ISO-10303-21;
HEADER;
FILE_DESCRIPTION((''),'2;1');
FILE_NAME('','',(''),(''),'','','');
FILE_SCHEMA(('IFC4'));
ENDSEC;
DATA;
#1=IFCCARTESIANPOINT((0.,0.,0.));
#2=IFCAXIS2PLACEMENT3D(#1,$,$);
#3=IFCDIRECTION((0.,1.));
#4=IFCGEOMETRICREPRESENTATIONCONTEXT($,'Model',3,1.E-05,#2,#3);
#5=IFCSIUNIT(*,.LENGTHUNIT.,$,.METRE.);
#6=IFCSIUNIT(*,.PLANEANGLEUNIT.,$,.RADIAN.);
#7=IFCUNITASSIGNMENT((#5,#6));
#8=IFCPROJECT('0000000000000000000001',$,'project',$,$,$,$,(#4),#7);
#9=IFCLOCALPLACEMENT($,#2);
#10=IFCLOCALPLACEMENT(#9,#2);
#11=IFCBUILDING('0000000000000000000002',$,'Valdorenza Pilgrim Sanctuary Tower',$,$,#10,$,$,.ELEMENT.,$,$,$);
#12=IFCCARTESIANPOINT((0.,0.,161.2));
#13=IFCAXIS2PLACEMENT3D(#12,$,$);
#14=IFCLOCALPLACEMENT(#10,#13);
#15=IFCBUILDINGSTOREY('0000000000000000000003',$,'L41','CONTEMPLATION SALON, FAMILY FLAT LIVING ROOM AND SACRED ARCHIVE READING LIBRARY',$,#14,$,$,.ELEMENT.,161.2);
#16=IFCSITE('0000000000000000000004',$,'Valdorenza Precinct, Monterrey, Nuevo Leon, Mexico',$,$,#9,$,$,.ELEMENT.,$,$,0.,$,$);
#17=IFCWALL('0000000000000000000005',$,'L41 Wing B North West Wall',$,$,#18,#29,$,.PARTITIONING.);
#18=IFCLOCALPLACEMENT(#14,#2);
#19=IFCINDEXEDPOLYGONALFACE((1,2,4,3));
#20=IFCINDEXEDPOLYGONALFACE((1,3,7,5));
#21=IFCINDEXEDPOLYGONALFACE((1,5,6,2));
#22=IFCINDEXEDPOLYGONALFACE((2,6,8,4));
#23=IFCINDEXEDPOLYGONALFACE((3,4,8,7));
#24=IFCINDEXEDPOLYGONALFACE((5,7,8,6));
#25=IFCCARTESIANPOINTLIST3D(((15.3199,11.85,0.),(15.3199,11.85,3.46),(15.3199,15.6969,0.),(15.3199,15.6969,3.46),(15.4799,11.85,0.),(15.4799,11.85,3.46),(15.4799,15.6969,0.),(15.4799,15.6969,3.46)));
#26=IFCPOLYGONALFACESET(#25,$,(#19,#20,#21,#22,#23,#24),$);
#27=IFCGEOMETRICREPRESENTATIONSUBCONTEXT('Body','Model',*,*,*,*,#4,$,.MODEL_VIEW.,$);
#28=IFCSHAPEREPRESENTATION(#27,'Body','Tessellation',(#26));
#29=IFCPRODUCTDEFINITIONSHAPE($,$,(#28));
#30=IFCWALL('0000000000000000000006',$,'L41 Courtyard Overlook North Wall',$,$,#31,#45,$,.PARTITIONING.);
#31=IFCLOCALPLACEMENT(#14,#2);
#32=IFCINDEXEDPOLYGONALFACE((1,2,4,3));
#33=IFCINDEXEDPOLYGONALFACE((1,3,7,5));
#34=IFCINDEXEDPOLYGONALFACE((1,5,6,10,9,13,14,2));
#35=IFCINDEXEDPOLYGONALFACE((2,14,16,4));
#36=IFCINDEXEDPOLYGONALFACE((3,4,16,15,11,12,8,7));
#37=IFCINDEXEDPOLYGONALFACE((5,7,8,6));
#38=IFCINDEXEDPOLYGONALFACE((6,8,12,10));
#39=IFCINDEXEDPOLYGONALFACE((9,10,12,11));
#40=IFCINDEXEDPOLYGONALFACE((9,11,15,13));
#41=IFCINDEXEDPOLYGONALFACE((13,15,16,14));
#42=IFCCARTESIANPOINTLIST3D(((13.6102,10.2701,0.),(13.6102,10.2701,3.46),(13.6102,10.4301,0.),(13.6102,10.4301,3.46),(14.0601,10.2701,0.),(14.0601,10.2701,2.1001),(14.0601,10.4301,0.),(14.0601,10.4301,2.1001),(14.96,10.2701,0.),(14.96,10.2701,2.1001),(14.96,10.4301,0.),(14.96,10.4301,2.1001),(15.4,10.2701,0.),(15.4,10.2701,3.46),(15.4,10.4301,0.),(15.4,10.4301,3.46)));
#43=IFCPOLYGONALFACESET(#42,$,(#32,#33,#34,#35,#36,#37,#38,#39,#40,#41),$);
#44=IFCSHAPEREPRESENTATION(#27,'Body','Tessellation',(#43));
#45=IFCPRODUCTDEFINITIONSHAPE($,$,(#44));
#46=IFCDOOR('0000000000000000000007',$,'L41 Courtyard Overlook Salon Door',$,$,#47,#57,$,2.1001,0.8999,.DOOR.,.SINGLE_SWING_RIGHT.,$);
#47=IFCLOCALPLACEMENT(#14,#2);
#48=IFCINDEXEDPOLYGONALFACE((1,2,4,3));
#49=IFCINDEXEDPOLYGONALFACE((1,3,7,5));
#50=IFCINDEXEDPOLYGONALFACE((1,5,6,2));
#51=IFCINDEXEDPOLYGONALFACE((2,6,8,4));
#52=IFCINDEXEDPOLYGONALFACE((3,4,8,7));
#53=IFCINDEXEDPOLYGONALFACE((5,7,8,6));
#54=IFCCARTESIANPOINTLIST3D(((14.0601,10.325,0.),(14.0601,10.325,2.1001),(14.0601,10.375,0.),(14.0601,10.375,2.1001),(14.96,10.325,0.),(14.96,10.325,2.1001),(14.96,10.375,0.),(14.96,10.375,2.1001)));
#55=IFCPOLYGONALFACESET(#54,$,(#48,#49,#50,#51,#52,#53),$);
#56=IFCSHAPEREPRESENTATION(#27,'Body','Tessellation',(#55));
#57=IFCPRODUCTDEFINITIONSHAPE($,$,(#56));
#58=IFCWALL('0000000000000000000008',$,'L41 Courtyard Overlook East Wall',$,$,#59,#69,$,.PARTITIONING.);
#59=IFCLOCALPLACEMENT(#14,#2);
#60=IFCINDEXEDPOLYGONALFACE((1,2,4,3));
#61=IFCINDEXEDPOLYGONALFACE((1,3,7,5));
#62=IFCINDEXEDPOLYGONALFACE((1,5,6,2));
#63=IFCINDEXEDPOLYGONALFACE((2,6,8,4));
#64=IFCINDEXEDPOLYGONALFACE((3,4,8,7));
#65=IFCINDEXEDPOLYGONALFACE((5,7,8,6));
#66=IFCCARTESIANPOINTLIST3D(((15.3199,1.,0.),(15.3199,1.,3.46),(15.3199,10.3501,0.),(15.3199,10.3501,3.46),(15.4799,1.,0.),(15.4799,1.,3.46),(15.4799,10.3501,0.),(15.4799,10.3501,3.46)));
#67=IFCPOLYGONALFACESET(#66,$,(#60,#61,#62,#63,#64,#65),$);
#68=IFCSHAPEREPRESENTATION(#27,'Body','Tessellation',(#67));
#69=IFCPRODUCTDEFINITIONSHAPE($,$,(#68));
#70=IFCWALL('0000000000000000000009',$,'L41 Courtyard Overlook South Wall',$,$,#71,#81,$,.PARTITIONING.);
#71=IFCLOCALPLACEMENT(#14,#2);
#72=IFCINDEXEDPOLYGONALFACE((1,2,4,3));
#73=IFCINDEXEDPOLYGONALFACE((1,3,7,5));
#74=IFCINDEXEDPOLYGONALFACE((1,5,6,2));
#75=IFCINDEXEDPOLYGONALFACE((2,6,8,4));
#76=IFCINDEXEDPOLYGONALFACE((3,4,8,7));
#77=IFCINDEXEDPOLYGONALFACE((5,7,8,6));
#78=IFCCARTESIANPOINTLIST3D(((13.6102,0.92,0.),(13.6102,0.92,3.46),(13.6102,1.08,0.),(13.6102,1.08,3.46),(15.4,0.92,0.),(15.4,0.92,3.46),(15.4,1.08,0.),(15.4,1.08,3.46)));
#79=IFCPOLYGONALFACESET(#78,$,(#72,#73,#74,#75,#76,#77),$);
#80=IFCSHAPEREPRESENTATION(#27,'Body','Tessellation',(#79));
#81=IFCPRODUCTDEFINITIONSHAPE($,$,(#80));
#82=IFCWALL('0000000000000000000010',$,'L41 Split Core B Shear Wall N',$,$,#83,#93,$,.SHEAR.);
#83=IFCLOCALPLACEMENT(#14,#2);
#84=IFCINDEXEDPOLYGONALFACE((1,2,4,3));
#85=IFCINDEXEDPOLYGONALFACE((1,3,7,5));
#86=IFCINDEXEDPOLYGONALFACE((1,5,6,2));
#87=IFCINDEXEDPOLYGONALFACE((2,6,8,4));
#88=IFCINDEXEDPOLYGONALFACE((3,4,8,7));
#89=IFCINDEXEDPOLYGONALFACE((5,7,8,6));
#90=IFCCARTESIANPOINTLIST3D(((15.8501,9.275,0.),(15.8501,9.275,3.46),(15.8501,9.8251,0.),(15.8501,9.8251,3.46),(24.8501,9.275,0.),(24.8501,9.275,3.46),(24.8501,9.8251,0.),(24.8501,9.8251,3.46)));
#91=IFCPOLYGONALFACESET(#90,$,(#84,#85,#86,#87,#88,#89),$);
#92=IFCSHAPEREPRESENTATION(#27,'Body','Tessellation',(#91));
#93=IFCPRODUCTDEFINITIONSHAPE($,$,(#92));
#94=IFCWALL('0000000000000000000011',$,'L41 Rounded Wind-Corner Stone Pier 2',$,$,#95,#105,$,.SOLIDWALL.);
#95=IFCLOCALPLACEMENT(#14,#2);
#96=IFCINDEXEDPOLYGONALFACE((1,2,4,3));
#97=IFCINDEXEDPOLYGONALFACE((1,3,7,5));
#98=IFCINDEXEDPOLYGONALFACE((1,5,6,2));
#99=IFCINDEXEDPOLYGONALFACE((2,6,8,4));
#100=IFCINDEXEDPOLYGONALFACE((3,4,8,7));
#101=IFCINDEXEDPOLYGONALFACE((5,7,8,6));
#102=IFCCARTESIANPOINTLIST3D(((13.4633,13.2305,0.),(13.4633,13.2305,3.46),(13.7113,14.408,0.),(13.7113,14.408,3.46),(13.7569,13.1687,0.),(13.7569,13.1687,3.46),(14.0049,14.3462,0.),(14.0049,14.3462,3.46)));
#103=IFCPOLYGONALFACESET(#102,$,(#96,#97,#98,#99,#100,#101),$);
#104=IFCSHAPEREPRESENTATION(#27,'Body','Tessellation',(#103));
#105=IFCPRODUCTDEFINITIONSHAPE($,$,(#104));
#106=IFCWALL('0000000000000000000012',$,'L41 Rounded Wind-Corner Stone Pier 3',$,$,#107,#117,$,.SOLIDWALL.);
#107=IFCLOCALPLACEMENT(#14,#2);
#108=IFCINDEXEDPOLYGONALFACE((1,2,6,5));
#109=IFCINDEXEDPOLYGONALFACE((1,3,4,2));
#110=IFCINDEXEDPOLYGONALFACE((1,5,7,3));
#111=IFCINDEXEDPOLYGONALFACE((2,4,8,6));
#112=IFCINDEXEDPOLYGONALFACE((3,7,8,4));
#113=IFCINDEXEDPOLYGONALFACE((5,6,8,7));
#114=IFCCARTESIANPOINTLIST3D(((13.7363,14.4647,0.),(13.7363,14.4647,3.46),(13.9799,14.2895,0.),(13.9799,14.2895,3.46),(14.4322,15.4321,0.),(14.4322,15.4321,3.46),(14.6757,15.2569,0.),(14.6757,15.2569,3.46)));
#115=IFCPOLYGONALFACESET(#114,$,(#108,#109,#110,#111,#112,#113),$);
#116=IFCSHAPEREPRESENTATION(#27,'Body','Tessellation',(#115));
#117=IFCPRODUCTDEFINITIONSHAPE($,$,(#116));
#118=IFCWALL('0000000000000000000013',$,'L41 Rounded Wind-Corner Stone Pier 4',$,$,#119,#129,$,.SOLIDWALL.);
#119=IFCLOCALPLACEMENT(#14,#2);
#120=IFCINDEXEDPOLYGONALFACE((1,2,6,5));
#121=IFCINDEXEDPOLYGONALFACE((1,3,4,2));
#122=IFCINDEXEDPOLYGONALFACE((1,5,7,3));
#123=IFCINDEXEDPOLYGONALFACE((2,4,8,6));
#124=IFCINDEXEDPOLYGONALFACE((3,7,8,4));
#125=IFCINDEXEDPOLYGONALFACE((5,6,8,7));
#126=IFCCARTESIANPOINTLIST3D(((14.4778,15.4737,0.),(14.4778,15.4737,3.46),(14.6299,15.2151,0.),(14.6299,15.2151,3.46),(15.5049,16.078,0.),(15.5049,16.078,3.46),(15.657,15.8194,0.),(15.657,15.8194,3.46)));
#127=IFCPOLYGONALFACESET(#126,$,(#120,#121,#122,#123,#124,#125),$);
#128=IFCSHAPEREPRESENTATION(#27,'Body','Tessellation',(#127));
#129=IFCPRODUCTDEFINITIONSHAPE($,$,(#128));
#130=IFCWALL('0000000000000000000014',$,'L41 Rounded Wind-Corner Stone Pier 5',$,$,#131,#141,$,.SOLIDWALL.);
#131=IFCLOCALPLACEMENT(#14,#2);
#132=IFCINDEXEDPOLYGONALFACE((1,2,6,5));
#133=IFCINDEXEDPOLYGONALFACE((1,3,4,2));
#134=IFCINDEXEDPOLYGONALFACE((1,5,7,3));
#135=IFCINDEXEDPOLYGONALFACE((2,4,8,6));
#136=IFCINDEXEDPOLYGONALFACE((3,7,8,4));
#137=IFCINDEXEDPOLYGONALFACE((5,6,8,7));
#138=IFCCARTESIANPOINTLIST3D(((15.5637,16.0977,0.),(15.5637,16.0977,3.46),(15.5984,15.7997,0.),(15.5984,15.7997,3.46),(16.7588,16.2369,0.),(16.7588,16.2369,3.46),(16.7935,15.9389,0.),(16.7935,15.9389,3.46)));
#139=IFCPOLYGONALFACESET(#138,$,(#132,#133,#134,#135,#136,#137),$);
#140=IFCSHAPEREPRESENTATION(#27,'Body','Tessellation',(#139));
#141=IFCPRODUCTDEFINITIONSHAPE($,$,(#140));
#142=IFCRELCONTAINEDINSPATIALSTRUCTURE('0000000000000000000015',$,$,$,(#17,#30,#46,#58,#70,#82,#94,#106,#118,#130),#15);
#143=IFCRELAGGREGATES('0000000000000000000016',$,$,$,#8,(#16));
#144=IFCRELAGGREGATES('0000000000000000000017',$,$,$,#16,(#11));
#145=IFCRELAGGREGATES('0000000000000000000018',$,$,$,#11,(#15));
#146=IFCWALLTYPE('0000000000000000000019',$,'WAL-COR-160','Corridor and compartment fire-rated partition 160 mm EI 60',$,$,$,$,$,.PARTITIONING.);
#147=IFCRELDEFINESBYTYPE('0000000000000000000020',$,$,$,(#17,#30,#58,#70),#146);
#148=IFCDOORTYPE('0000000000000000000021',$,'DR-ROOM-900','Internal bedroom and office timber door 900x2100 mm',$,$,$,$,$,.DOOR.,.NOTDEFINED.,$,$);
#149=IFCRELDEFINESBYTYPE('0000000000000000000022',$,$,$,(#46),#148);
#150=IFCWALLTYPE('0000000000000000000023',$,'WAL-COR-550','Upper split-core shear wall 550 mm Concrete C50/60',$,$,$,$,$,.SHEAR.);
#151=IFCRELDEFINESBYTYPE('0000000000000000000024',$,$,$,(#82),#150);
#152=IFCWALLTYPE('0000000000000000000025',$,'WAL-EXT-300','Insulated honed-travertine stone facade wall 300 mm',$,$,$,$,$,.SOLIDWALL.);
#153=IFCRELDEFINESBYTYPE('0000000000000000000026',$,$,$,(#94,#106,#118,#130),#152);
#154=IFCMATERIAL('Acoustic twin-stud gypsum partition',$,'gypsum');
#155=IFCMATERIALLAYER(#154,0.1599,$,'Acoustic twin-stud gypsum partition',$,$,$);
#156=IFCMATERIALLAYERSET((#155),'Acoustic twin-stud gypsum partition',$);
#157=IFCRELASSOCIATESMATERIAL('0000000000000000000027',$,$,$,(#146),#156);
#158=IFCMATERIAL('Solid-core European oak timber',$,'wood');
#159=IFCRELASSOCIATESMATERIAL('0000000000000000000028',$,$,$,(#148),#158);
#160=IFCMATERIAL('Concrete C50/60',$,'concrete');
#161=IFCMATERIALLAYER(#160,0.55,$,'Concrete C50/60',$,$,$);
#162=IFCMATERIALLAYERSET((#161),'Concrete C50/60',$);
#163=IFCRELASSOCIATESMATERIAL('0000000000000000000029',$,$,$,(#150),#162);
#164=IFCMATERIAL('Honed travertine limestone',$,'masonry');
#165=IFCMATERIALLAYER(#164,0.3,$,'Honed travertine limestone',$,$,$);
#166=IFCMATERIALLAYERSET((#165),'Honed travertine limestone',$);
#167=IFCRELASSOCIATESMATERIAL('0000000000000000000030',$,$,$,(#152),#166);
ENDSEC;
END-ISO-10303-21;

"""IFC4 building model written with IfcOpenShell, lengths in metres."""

from ifc_helpers import new_model, si_unit, direction, frame, frame_2d, origin, place, context, subcontext, project, spatial, rectangle, extrude, material, layer, layer_set, type_object, element, fill, save


model = new_model("IFC4")

# Units and contexts
model_context = context("Model", 3, precision=1e-05, world=origin(), true_north=direction((0.0, 1.0)))
body_context = subcontext(model_context, "Body", "Model", "MODEL_VIEW")
ifc_project = project(units=[si_unit("LENGTHUNIT", "METRE"), si_unit("PLANEANGLEUNIT", "RADIAN")], contexts=[model_context])

# Site, building, storey
site_placement = place(None, origin())
site = spatial("IfcSite", under=ifc_project, at=site_placement, Name="Valdorenza Precinct, Monterrey, Nuevo Leon, Mexico", CompositionType="ELEMENT", RefElevation=0.0)
building_placement = place(site_placement, origin())
building = spatial("IfcBuilding", under=site, at=building_placement, Name="Valdorenza Pilgrim Sanctuary Tower", CompositionType="ELEMENT")
storey_placement = place(building_placement, frame((0.0, 0.0, 161.2)))
storey = spatial("IfcBuildingStorey", under=building, at=storey_placement, Name="L41", Description="CONTEMPLATION SALON, FAMILY FLAT LIVING ROOM AND SACRED ARCHIVE READING LIBRARY", CompositionType="ELEMENT", Elevation=161.2)

# Shared definitions
ifc_material_1 = material(Name="Honed travertine limestone", Category="masonry")

# Shared definitions
ifc_material_2 = material(Name="Acoustic twin-stud gypsum partition", Category="gypsum")
ifc_layer_1 = layer(ifc_material_2, 0.1599, Name="Acoustic twin-stud gypsum partition")
ifc_layer_set_1 = layer_set([ifc_layer_1], Name="Acoustic twin-stud gypsum partition")
wall_type_1 = type_object("IfcWallType", Name="WAL-COR-160", Description="Corridor and compartment fire-rated partition 160 mm EI 60", PredefinedType="PARTITIONING", material=ifc_layer_set_1)
ifc_material_3 = material(Name="Solid-core European oak timber", Category="wood")
door_type = type_object("IfcDoorType", Name="DR-ROOM-900", Description="Internal bedroom and office timber door 900x2100 mm", OperationType="NOTDEFINED", PredefinedType="DOOR", material=ifc_material_3)

# Wall
wall_1_placement = place(storey_placement, frame((15.3999, 11.8501, 0.0), z_axis=(0.0, 0.0, 1.0), x_axis=(0.0, 1.0, 0.0)))
element("IfcWall", 1, at=wall_1_placement, inside=storey, type_object=wall_type_1, Name="L41 Wing B North West Wall", PredefinedType="PARTITIONING", context=body_context, shape_type="SweptSolid", body=[
    extrude(rectangle(XDim=3.8469, YDim=0.1599, at=frame_2d((1.9233, 0.0))), origin(), (0.0, 0.0, 1.0), 3.46),
])

# Wall, opening, door
wall_2_placement = place(storey_placement, frame((13.6101, 10.3501, 0.0), z_axis=(0.0, 0.0, 1.0), x_axis=(1.0, 0.0, 0.0)))
wall_2 = element("IfcWall", 2, at=wall_2_placement, inside=storey, type_object=wall_type_1, Name="L41 Courtyard Overlook North Wall", PredefinedType="PARTITIONING", context=body_context, shape_type="SweptSolid", body=[
    extrude(rectangle(XDim=1.7898, YDim=0.1599, at=frame_2d((0.895, 0.0))), origin(), (0.0, 0.0, 1.0), 3.46),
])
opening_1_placement = place(wall_2_placement, frame((0.45, 0.0, 0.0)))
opening_1 = element("IfcOpeningElement", 3, at=opening_1_placement, cuts=wall_2, PredefinedType="OPENING", context=body_context, shape_type="SweptSolid", body=[
    extrude(rectangle(XDim=0.8999, YDim=2.1001, at=frame_2d((0.45, 1.05))), frame((0.0, 0.0947, 0.0), z_axis=(0.0, -1.0, 0.0), x_axis=(1.0, 0.0, 0.0)), (0.0, 0.0, 1.0), 0.1897),
])
door_1_placement = place(opening_1_placement, origin())
door_1 = element("IfcDoor", 4, at=door_1_placement, inside=storey, type_object=door_type, Name="L41 Courtyard Overlook Salon Door", OperationType="SINGLE_SWING_RIGHT", OverallHeight=2.1001, OverallWidth=0.8999, PredefinedType="DOOR", context=body_context, shape_type="SweptSolid", body=[
    extrude(rectangle(XDim=0.8999, YDim=2.1001, at=frame_2d((0.45, 1.05))), frame((0.0, 0.0249, 0.0), z_axis=(0.0, -1.0, 0.0), x_axis=(1.0, 0.0, 0.0)), (0.0, 0.0, 1.0), 0.05),
])
fill(opening_1, door_1)

# Walls
wall_3_placement = place(storey_placement, frame((15.3999, 1.0, 0.0), z_axis=(0.0, 0.0, 1.0), x_axis=(0.0, 1.0, 0.0)))
element("IfcWall", 5, at=wall_3_placement, inside=storey, type_object=wall_type_1, Name="L41 Courtyard Overlook East Wall", PredefinedType="PARTITIONING", context=body_context, shape_type="SweptSolid", body=[
    extrude(rectangle(XDim=9.3501, YDim=0.1599, at=frame_2d((4.675, 0.0))), origin(), (0.0, 0.0, 1.0), 3.46),
])
wall_4_placement = place(storey_placement, frame((13.6101, 1.0, 0.0), z_axis=(0.0, 0.0, 1.0), x_axis=(1.0, 0.0, 0.0)))
element("IfcWall", 6, at=wall_4_placement, inside=storey, type_object=wall_type_1, Name="L41 Courtyard Overlook South Wall", PredefinedType="PARTITIONING", context=body_context, shape_type="SweptSolid", body=[
    extrude(rectangle(XDim=1.7898, YDim=0.1599, at=frame_2d((0.895, 0.0))), origin(), (0.0, 0.0, 1.0), 3.46),
])
ifc_material_4 = material(Name="Concrete C50/60", Category="concrete")
ifc_layer_2 = layer(ifc_material_4, 0.55, Name="Concrete C50/60")
ifc_layer_set_2 = layer_set([ifc_layer_2], Name="Concrete C50/60")
wall_type_2 = type_object("IfcWallType", Name="WAL-COR-550", Description="Upper split-core shear wall 550 mm Concrete C50/60", PredefinedType="SHEAR", material=ifc_layer_set_2)
wall_5_placement = place(storey_placement, frame((15.8501, 9.55, 0.0), z_axis=(0.0, 0.0, 1.0), x_axis=(1.0, 0.0, 0.0)))
element("IfcWall", 7, at=wall_5_placement, inside=storey, type_object=wall_type_2, Name="L41 Split Core B Shear Wall N", PredefinedType="SHEAR", context=body_context, shape_type="SweptSolid", body=[
    extrude(rectangle(XDim=9.0, YDim=0.55, at=frame_2d((4.5, 0.0))), origin(), (0.0, 0.0, 1.0), 3.46),
])
ifc_layer_3 = layer(ifc_material_1, 0.3, Name="Honed travertine limestone")
ifc_layer_set_3 = layer_set([ifc_layer_3], Name="Honed travertine limestone")
wall_type_3 = type_object("IfcWallType", Name="WAL-EXT-300", Description="Insulated honed-travertine stone facade wall 300 mm", PredefinedType="SOLIDWALL", material=ifc_layer_set_3)
wall_6_placement = place(storey_placement, frame((13.6101, 13.1997, 0.0), z_axis=(0.0, 0.0, 1.0), x_axis=(0.206133, 0.978524, 0.0)))
element("IfcWall", 8, at=wall_6_placement, inside=storey, type_object=wall_type_3, Name="L41 Rounded Wind-Corner Stone Pier 2", PredefinedType="SOLIDWALL", context=body_context, shape_type="SweptSolid", body=[
    extrude(rectangle(XDim=1.2034, YDim=0.3, at=frame_2d((0.6016, 0.0))), origin(), (0.0, 0.0, 1.0), 3.46),
])
for number, where, z_axis, x_axis, name in (
    (9, (13.8582, 14.3772, 0.0), (0.0, 0.0, 1.0), (0.583948, 0.811791, 0.0), "L41 Rounded Wind-Corner Stone Pier 3"),
    (10, (14.554, 15.3445, 0.0), (0.0, 0.0, 1.0), (0.861908, 0.507065, 0.0), "L41 Rounded Wind-Corner Stone Pier 4"),
):
    element("IfcWall", number, at=place(storey_placement, frame(where, z_axis=z_axis, x_axis=x_axis)), inside=storey, type_object=wall_type_3, Name=name, PredefinedType="SOLIDWALL", context=body_context, shape_type="SweptSolid", body=[
        extrude(rectangle(XDim=1.1917, YDim=0.3, at=frame_2d((0.5957, 0.0))), origin(), (0.0, 0.0, 1.0), 3.46),
    ])
wall_7_placement = place(storey_placement, frame((15.5811, 15.9487, 0.0), z_axis=(0.0, 0.0, 1.0), x_axis=(0.993288, 0.115664, 0.0)))
element("IfcWall", 11, at=wall_7_placement, inside=storey, type_object=wall_type_3, Name="L41 Rounded Wind-Corner Stone Pier 5", PredefinedType="SOLIDWALL", context=body_context, shape_type="SweptSolid", body=[
    extrude(rectangle(XDim=1.2031, YDim=0.3, at=frame_2d((0.6016, 0.0))), origin(), (0.0, 0.0, 1.0), 3.46),
])

save(model, "model.ifc")
